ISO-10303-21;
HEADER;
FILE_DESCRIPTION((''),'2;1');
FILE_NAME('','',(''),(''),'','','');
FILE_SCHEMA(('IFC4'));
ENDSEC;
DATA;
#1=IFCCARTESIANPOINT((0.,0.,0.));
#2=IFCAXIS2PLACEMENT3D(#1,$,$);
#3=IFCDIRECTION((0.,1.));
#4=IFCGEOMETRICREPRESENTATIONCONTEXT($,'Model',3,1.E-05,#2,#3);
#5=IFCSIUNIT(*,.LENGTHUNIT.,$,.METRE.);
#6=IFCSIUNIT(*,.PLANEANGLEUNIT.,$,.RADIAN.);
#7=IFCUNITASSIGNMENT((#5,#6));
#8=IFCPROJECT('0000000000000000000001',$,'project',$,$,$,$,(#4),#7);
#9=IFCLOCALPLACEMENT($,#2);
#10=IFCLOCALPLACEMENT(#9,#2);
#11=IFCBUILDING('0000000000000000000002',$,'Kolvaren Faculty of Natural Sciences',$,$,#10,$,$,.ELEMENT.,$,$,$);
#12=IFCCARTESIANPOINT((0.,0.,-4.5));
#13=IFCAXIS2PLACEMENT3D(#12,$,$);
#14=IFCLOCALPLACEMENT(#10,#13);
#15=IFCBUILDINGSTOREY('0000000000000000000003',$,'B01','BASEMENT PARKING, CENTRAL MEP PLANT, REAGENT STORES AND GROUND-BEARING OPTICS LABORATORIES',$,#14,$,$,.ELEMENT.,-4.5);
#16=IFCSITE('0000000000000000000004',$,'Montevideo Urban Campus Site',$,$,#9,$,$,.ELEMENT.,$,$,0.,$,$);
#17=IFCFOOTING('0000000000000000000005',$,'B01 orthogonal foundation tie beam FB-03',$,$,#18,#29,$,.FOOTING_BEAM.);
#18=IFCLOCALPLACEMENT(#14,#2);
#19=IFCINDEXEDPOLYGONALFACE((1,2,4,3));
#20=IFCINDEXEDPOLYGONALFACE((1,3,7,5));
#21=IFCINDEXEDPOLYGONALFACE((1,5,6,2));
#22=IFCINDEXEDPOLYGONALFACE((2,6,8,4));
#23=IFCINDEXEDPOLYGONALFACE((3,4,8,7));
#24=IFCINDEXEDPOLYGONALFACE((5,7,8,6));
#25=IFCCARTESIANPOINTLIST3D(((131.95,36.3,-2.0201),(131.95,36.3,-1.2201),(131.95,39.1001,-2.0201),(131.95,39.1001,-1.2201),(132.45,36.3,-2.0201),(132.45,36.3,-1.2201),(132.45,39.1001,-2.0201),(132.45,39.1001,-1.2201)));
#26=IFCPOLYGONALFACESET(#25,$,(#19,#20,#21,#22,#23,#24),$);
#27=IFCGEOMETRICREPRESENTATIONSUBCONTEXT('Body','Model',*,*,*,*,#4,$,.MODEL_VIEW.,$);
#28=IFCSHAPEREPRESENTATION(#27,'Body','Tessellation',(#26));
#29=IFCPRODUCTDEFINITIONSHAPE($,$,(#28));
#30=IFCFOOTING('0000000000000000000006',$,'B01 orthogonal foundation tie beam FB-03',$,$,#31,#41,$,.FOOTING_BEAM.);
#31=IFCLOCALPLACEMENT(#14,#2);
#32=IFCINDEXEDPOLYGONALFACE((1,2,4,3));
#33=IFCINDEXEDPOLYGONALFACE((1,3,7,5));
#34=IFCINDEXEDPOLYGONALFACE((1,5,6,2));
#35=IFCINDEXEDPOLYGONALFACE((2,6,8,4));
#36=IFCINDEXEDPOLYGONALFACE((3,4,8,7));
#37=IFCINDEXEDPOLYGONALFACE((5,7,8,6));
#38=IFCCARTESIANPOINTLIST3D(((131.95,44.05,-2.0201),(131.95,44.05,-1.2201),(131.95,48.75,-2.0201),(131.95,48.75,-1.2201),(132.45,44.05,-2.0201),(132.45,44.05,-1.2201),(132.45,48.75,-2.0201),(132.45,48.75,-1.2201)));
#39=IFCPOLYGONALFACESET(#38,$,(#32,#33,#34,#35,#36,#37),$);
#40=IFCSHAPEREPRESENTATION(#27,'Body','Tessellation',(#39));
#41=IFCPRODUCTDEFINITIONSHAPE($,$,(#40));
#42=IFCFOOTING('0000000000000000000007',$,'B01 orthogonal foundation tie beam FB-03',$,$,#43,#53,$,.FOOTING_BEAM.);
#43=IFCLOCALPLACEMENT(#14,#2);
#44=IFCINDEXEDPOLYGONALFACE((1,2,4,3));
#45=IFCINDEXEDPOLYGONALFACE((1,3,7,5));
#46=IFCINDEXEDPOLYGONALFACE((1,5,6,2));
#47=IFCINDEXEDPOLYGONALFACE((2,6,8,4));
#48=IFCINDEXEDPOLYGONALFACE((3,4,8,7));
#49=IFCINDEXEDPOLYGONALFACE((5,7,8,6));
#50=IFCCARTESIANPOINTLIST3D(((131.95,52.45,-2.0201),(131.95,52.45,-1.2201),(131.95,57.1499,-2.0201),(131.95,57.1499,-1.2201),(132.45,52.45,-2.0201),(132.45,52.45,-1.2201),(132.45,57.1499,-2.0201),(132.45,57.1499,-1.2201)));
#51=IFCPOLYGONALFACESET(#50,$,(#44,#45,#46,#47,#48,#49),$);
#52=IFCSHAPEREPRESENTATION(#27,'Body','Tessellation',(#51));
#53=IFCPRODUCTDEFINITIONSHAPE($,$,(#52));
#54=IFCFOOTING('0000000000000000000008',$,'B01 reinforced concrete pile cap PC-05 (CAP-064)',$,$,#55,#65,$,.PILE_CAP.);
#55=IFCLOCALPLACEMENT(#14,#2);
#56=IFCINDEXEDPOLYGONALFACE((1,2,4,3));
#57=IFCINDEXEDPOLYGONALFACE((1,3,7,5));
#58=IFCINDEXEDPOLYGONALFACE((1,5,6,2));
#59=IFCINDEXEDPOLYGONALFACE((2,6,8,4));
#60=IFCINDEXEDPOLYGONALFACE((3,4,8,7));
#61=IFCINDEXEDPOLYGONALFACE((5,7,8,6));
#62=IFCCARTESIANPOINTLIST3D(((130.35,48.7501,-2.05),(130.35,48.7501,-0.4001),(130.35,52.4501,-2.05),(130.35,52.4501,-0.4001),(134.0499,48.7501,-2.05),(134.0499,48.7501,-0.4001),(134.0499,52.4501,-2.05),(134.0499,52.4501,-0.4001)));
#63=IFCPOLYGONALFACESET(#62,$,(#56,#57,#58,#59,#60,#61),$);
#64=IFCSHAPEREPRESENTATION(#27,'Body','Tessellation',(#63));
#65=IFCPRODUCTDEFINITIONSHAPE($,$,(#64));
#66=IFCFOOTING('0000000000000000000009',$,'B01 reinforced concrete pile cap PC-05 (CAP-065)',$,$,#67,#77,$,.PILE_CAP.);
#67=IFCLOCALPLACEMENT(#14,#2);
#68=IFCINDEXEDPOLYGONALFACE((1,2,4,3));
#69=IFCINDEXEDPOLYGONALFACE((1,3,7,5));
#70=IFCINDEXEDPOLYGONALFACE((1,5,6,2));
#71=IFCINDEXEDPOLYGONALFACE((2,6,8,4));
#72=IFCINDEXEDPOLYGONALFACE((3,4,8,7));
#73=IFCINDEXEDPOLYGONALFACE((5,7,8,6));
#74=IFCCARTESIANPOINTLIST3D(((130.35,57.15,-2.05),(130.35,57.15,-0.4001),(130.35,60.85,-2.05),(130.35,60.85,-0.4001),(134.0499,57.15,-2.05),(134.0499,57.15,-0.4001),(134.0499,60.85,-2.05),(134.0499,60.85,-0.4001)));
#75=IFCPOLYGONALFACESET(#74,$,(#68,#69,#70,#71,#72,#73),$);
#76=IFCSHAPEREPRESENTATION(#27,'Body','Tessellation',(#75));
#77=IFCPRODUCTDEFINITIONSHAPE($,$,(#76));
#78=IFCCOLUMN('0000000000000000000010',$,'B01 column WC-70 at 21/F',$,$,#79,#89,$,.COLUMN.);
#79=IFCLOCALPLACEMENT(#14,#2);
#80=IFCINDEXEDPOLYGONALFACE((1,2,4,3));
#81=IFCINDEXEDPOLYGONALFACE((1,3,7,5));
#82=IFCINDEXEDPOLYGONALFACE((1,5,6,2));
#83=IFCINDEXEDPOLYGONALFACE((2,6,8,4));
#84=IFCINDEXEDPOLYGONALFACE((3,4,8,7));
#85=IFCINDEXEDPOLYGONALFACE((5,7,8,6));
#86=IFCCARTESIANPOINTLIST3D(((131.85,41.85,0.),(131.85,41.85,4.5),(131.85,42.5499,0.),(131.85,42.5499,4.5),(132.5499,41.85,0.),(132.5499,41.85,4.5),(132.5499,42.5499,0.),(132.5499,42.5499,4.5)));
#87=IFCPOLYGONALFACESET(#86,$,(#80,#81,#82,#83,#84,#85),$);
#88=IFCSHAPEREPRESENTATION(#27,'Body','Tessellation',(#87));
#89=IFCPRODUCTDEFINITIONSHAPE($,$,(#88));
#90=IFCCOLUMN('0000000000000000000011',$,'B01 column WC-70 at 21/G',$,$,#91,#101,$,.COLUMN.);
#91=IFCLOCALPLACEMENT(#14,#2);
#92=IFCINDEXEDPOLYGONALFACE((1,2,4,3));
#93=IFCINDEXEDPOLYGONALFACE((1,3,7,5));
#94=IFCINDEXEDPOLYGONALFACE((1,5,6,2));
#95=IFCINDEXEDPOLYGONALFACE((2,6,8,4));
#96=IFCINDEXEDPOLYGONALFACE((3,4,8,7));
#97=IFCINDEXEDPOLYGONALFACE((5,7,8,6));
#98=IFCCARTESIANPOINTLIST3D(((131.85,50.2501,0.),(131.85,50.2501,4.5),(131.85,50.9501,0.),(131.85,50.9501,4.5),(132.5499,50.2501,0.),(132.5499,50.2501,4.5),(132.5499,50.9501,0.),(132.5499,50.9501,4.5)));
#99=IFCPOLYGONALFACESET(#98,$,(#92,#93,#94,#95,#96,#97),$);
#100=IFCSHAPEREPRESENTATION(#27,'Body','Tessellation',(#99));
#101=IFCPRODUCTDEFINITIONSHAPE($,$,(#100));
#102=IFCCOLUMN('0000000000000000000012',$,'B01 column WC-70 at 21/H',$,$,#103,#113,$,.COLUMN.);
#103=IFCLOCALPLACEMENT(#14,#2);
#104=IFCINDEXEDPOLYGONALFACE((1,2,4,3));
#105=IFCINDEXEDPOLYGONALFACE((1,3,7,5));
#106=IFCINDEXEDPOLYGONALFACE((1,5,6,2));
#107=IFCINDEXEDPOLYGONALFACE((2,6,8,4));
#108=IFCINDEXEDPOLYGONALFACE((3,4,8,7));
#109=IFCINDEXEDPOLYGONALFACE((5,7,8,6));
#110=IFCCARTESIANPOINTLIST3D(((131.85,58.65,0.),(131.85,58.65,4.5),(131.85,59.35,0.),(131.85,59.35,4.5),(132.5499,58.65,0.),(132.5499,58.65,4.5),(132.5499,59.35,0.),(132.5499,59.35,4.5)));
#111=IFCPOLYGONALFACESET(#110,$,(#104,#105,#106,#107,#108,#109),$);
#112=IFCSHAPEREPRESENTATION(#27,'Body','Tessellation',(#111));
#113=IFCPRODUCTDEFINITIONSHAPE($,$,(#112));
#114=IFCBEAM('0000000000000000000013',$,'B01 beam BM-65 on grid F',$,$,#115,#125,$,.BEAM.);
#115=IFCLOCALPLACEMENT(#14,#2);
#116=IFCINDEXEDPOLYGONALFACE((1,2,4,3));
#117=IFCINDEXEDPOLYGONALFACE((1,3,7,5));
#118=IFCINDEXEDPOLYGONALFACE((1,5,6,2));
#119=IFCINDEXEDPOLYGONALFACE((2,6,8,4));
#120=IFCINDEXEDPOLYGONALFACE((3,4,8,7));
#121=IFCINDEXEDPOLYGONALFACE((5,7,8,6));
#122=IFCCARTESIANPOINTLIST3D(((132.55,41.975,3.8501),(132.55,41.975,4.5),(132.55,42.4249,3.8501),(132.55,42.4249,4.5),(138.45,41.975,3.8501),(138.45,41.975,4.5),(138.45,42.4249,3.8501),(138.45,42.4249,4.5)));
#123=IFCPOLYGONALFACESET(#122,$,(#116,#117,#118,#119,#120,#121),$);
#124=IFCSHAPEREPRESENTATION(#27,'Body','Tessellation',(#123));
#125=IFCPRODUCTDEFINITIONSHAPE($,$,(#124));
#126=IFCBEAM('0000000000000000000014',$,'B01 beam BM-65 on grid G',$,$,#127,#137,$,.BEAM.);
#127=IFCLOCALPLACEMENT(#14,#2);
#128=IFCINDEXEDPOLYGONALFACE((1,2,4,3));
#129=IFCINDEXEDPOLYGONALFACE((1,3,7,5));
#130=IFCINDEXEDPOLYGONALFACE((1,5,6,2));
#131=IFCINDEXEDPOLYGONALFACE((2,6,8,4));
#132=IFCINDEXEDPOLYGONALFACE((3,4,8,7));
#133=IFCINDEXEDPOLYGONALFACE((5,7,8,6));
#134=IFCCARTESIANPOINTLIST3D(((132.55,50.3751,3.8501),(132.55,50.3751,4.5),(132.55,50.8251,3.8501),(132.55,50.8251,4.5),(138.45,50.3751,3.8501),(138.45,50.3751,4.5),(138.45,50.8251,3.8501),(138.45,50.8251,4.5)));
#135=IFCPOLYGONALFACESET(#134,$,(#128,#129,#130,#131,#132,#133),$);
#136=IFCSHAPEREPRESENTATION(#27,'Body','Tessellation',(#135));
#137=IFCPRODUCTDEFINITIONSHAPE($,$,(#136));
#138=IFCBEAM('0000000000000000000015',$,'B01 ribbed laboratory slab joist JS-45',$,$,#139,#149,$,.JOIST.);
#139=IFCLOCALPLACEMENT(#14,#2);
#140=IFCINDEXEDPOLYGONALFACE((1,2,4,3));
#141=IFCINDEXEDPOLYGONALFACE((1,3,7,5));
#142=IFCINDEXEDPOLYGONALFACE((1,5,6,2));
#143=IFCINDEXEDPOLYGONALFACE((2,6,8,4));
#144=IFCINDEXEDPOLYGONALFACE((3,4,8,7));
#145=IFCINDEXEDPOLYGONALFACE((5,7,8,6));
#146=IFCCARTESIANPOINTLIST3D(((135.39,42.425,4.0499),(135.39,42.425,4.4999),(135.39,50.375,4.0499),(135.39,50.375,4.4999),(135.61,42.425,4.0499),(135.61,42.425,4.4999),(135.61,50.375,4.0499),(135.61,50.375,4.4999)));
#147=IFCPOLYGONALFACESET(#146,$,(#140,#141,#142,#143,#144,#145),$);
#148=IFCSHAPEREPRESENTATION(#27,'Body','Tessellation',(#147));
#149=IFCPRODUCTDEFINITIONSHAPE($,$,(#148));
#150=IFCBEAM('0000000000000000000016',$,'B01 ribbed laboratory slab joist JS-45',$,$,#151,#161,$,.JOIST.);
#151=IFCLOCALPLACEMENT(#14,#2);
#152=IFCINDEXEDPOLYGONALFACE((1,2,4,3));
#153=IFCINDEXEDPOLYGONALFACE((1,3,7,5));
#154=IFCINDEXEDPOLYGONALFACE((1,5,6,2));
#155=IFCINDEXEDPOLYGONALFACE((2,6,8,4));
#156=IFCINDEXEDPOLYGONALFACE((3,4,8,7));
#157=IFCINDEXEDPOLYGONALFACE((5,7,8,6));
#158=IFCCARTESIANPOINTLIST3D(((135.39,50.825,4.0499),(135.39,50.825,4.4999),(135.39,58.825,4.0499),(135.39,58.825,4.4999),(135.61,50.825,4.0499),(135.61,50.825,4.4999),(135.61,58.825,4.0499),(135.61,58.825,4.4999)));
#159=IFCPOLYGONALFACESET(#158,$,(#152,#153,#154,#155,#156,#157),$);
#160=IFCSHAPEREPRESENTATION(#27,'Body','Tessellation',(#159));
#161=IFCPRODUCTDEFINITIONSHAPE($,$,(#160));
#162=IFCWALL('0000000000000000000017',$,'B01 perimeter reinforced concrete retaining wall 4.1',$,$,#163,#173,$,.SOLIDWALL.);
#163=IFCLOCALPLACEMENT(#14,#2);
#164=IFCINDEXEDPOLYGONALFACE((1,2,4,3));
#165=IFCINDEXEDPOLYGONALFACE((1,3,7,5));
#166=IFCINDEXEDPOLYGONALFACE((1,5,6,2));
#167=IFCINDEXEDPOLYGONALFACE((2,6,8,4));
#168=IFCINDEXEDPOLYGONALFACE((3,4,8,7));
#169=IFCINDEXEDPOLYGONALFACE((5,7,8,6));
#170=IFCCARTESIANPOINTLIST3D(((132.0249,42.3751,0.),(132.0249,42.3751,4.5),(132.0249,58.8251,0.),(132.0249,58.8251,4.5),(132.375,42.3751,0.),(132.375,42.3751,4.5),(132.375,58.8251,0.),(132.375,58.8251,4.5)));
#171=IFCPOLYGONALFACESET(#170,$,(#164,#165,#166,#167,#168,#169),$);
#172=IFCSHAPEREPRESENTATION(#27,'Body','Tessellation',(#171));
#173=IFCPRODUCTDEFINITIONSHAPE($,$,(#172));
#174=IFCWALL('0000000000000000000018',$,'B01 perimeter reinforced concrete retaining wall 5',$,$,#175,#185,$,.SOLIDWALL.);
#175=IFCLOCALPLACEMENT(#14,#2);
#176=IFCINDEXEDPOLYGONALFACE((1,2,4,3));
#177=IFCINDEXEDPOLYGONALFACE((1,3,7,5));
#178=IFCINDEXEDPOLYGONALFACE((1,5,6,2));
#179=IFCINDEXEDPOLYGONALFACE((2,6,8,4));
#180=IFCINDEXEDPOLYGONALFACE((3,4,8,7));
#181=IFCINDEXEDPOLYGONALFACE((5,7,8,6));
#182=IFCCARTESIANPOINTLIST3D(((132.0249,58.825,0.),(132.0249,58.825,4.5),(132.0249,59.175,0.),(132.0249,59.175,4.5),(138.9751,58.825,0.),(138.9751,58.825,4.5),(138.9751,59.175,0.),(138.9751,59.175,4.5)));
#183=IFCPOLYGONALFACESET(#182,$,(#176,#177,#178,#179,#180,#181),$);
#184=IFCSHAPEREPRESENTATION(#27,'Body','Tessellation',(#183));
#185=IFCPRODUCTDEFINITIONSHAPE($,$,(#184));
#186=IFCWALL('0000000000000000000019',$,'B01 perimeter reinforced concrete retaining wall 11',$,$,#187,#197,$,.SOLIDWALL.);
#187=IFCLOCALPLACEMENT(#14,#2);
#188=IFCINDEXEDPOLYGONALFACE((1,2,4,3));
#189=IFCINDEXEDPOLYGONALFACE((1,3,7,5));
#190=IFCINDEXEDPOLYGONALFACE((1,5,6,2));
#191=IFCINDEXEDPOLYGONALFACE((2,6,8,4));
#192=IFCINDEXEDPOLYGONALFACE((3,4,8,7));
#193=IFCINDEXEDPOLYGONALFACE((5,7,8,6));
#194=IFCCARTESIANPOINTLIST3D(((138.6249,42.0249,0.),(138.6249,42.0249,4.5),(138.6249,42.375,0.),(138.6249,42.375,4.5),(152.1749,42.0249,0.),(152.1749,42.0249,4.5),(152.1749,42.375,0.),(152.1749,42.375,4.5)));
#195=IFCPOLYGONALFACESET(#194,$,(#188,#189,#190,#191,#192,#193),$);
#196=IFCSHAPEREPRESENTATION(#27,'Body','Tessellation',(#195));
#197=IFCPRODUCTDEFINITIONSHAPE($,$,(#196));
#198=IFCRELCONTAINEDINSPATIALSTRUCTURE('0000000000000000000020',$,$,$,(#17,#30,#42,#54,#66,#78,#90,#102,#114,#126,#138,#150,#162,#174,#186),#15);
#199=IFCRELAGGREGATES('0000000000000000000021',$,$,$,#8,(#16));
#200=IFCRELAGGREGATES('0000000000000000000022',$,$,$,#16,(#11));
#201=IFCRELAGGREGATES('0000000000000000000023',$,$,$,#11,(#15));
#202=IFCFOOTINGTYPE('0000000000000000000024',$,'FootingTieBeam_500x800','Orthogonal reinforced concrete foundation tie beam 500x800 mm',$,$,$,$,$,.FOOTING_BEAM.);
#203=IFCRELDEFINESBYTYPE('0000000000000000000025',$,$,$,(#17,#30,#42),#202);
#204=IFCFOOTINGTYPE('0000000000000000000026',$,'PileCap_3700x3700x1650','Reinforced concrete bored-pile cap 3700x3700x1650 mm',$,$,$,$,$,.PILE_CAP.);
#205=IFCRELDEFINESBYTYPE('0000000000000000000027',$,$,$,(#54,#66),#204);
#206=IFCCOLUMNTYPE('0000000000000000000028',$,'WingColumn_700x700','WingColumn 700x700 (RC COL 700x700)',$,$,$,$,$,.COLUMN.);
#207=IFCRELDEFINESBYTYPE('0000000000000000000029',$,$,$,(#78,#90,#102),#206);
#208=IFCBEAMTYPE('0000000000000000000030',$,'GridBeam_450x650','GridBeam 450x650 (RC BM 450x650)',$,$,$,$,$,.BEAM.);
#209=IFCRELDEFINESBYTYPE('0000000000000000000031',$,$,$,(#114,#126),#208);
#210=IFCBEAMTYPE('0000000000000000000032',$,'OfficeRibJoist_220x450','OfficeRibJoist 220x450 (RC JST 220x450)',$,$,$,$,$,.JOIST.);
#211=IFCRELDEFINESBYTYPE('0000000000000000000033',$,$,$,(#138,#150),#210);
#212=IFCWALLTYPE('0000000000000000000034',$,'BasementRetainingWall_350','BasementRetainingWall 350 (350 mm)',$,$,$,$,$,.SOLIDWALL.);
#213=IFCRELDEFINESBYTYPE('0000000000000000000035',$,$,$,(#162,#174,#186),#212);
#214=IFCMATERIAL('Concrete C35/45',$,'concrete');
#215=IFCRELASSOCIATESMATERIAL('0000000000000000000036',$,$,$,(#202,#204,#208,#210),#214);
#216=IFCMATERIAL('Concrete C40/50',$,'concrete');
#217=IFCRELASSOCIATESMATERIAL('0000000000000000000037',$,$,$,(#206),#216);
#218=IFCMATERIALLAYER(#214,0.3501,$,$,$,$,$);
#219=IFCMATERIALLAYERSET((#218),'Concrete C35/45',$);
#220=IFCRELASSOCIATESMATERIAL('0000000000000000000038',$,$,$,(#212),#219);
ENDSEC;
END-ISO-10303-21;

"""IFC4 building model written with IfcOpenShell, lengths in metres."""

from ifc_helpers import new_model, si_unit, direction, frame, frame_2d, origin, origin_2d, place, context, subcontext, project, spatial, rectangle, extrude, material, layer, layer_set, material_profile, profile_set, type_object, element, save


model = new_model("IFC4")

# Units and contexts
model_context = context("Model", 3, precision=1e-05, world=origin(), true_north=direction((0.0, 1.0)))
body_context = subcontext(model_context, "Body", "Model", "MODEL_VIEW")
ifc_project = project(units=[si_unit("LENGTHUNIT", "METRE"), si_unit("PLANEANGLEUNIT", "RADIAN")], contexts=[model_context])

# Site, building, storey
site_placement = place(None, origin())
site = spatial("IfcSite", under=ifc_project, at=site_placement, Name="Montevideo Urban Campus Site", CompositionType="ELEMENT", RefElevation=0.0)
building_placement = place(site_placement, origin())
building = spatial("IfcBuilding", under=site, at=building_placement, Name="Kolvaren Faculty of Natural Sciences", CompositionType="ELEMENT")
storey_placement = place(building_placement, frame((0.0, 0.0, -4.5)))
storey = spatial("IfcBuildingStorey", under=building, at=storey_placement, Name="B01", Description="BASEMENT PARKING, CENTRAL MEP PLANT, REAGENT STORES AND GROUND-BEARING OPTICS LABORATORIES", CompositionType="ELEMENT", Elevation=-4.5)

# Shared definitions
ifc_material_1 = material(Name="Concrete C35/45", Category="concrete")

# Footings
ifc_material_profile_1 = material_profile(ifc_material_1, rectangle(XDim=0.5, YDim=0.8, at=origin_2d()), Name="RC FB 500x800")
ifc_profile_set_1 = profile_set([ifc_material_profile_1], Name="Concrete C35/45")
footing_type_1 = type_object("IfcFootingType", Name="FootingTieBeam_500x800", Description="Orthogonal reinforced concrete foundation tie beam 500x800 mm", PredefinedType="FOOTING_BEAM", material=ifc_profile_set_1)
footing_1_placement = place(storey_placement, frame((132.2, 36.3, -1.6201), z_axis=(0.0, 1.0, 0.0), x_axis=(-1.0, 0.0, 0.0)))
element("IfcFooting", 1, at=footing_1_placement, inside=storey, type_object=footing_type_1, Name="B01 orthogonal foundation tie beam FB-03", PredefinedType="FOOTING_BEAM", context=body_context, shape_type="SweptSolid", body=[
    extrude(rectangle(XDim=0.5, YDim=0.8, at=origin_2d()), origin(), (0.0, 0.0, 1.0), 2.8),
])
for number, where, z_axis, x_axis, name in (
    (2, (132.2, 44.05, -1.6201), (0.0, 1.0, 0.0), (-1.0, 0.0, 0.0), "B01 orthogonal foundation tie beam FB-03"),
    (3, (132.2, 52.45, -1.6201), (0.0, 1.0, 0.0), (-1.0, 0.0, 0.0), "B01 orthogonal foundation tie beam FB-03"),
):
    element("IfcFooting", number, at=place(storey_placement, frame(where, z_axis=z_axis, x_axis=x_axis)), inside=storey, type_object=footing_type_1, Name=name, PredefinedType="FOOTING_BEAM", context=body_context, shape_type="SweptSolid", body=[
        extrude(rectangle(XDim=0.5, YDim=0.8, at=origin_2d()), origin(), (0.0, 0.0, 1.0), 4.7),
    ])
footing_type_2 = type_object("IfcFootingType", Name="PileCap_3700x3700x1650", Description="Reinforced concrete bored-pile cap 3700x3700x1650 mm", PredefinedType="PILE_CAP", material=ifc_material_1)
for number, where, z_axis, x_axis, name in (
    (4, (132.2, 50.6001, -2.05), (0.0, 0.0, 1.0), (1.0, 0.0, 0.0), "B01 reinforced concrete pile cap PC-05 (CAP-064)"),
    (5, (132.2, 59.0, -2.05), (0.0, 0.0, 1.0), (1.0, 0.0, 0.0), "B01 reinforced concrete pile cap PC-05 (CAP-065)"),
):
    element("IfcFooting", number, at=place(storey_placement, frame(where, z_axis=z_axis, x_axis=x_axis)), inside=storey, type_object=footing_type_2, Name=name, PredefinedType="PILE_CAP", context=body_context, shape_type="SweptSolid", body=[
        extrude(rectangle(XDim=3.7, YDim=3.7, at=origin_2d()), origin(), (0.0, 0.0, 1.0), 1.6499),
    ])

# Columns
ifc_material_2 = material(Name="Concrete C40/50", Category="concrete")
ifc_material_profile_2 = material_profile(ifc_material_2, rectangle(XDim=0.7, YDim=0.7, at=origin_2d()), Name="RC COL 700x700")
ifc_profile_set_2 = profile_set([ifc_material_profile_2], Name="Concrete C40/50")
column_type = type_object("IfcColumnType", Name="WingColumn_700x700", Description="WingColumn 700x700 (RC COL 700x700)", PredefinedType="COLUMN", material=ifc_profile_set_2)
for number, where, z_axis, x_axis, name in (
    (6, (132.2, 42.2, 0.0), (0.0, 0.0, 1.0), (1.0, 0.0, 0.0), "B01 column WC-70 at 21/F"),
    (7, (132.2, 50.6001, 0.0), (0.0, 0.0, 1.0), (1.0, 0.0, 0.0), "B01 column WC-70 at 21/G"),
    (8, (132.2, 59.0, 0.0), (0.0, 0.0, 1.0), (1.0, 0.0, 0.0), "B01 column WC-70 at 21/H"),
):
    element("IfcColumn", number, at=place(storey_placement, frame(where, z_axis=z_axis, x_axis=x_axis)), inside=storey, type_object=column_type, Name=name, PredefinedType="COLUMN", context=body_context, shape_type="SweptSolid", body=[
        extrude(rectangle(XDim=0.7, YDim=0.7, at=origin_2d()), origin(), (0.0, 0.0, 1.0), 4.5),
    ])

# Beams
ifc_material_profile_3 = material_profile(ifc_material_1, rectangle(XDim=0.45, YDim=0.6499, at=origin_2d()), Name="RC BM 450x650")
ifc_profile_set_3 = profile_set([ifc_material_profile_3], Name="Concrete C35/45")
beam_type_1 = type_object("IfcBeamType", Name="GridBeam_450x650", Description="GridBeam 450x650 (RC BM 450x650)", PredefinedType="BEAM", material=ifc_profile_set_3)
for number, where, z_axis, x_axis, name in (
    (9, (132.55, 42.2, 4.175), (1.0, 0.0, 0.0), (0.0, 1.0, 0.0), "B01 beam BM-65 on grid F"),
    (10, (132.55, 50.6001, 4.175), (1.0, 0.0, 0.0), (0.0, 1.0, 0.0), "B01 beam BM-65 on grid G"),
):
    element("IfcBeam", number, at=place(storey_placement, frame(where, z_axis=z_axis, x_axis=x_axis)), inside=storey, type_object=beam_type_1, Name=name, PredefinedType="BEAM", context=body_context, shape_type="SweptSolid", body=[
        extrude(rectangle(XDim=0.45, YDim=0.6499, at=origin_2d()), origin(), (0.0, 0.0, 1.0), 5.8999),
    ])
ifc_material_profile_4 = material_profile(ifc_material_1, rectangle(XDim=0.22, YDim=0.45, at=origin_2d()), Name="RC JST 220x450")
ifc_profile_set_4 = profile_set([ifc_material_profile_4], Name="Concrete C35/45")
beam_type_2 = type_object("IfcBeamType", Name="OfficeRibJoist_220x450", Description="OfficeRibJoist 220x450 (RC JST 220x450)", PredefinedType="JOIST", material=ifc_profile_set_4)
beam_1_placement = place(storey_placement, frame((135.5, 42.425, 4.2749), z_axis=(0.0, 1.0, 0.0), x_axis=(-1.0, 0.0, 0.0)))
element("IfcBeam", 11, at=beam_1_placement, inside=storey, type_object=beam_type_2, Name="B01 ribbed laboratory slab joist JS-45", PredefinedType="JOIST", context=body_context, shape_type="SweptSolid", body=[
    extrude(rectangle(XDim=0.22, YDim=0.45, at=origin_2d()), origin(), (0.0, 0.0, 1.0), 7.95),
])
beam_2_placement = place(storey_placement, frame((135.5, 50.825, 4.2749), z_axis=(0.0, 1.0, 0.0), x_axis=(-1.0, 0.0, 0.0)))
element("IfcBeam", 12, at=beam_2_placement, inside=storey, type_object=beam_type_2, Name="B01 ribbed laboratory slab joist JS-45", PredefinedType="JOIST", context=body_context, shape_type="SweptSolid", body=[
    extrude(rectangle(XDim=0.22, YDim=0.45, at=origin_2d()), origin(), (0.0, 0.0, 1.0), 8.0),
])

# Walls
ifc_layer_1 = layer(ifc_material_1, 0.3501)
ifc_layer_set_1 = layer_set([ifc_layer_1], Name="Concrete C35/45")
wall_type_1 = type_object("IfcWallType", Name="BasementRetainingWall_350", Description="BasementRetainingWall 350 (350 mm)", PredefinedType="SOLIDWALL", material=ifc_layer_set_1)
wall_1_placement = place(storey_placement, frame((132.2, 42.375, 0.0), z_axis=(0.0, 0.0, 1.0), x_axis=(0.0, 1.0, 0.0)))
element("IfcWall", 13, at=wall_1_placement, inside=storey, type_object=wall_type_1, Name="B01 perimeter reinforced concrete retaining wall 4.1", PredefinedType="SOLIDWALL", context=body_context, shape_type="SweptSolid", body=[
    extrude(rectangle(XDim=16.45, YDim=0.3501, at=frame_2d((8.2251, 0.0))), origin(), (0.0, 0.0, 1.0), 4.5),
])
wall_2_placement = place(storey_placement, frame((132.0249, 59.0, 0.0), z_axis=(0.0, 0.0, 1.0), x_axis=(1.0, 0.0, 0.0)))
element("IfcWall", 14, at=wall_2_placement, inside=storey, type_object=wall_type_1, Name="B01 perimeter reinforced concrete retaining wall 5", PredefinedType="SOLIDWALL", context=body_context, shape_type="SweptSolid", body=[
    extrude(rectangle(XDim=6.9502, YDim=0.3501, at=frame_2d((3.4751, 0.0))), origin(), (0.0, 0.0, 1.0), 4.5),
])
wall_3_placement = place(storey_placement, frame((138.625, 42.2, 0.0), z_axis=(0.0, 0.0, 1.0), x_axis=(1.0, 0.0, 0.0)))
element("IfcWall", 15, at=wall_3_placement, inside=storey, type_object=wall_type_1, Name="B01 perimeter reinforced concrete retaining wall 11", PredefinedType="SOLIDWALL", context=body_context, shape_type="SweptSolid", body=[
    extrude(rectangle(XDim=13.55, YDim=0.3501, at=frame_2d((6.7749, 0.0))), origin(), (0.0, 0.0, 1.0), 4.5),
])

save(model, "model.ifc")
